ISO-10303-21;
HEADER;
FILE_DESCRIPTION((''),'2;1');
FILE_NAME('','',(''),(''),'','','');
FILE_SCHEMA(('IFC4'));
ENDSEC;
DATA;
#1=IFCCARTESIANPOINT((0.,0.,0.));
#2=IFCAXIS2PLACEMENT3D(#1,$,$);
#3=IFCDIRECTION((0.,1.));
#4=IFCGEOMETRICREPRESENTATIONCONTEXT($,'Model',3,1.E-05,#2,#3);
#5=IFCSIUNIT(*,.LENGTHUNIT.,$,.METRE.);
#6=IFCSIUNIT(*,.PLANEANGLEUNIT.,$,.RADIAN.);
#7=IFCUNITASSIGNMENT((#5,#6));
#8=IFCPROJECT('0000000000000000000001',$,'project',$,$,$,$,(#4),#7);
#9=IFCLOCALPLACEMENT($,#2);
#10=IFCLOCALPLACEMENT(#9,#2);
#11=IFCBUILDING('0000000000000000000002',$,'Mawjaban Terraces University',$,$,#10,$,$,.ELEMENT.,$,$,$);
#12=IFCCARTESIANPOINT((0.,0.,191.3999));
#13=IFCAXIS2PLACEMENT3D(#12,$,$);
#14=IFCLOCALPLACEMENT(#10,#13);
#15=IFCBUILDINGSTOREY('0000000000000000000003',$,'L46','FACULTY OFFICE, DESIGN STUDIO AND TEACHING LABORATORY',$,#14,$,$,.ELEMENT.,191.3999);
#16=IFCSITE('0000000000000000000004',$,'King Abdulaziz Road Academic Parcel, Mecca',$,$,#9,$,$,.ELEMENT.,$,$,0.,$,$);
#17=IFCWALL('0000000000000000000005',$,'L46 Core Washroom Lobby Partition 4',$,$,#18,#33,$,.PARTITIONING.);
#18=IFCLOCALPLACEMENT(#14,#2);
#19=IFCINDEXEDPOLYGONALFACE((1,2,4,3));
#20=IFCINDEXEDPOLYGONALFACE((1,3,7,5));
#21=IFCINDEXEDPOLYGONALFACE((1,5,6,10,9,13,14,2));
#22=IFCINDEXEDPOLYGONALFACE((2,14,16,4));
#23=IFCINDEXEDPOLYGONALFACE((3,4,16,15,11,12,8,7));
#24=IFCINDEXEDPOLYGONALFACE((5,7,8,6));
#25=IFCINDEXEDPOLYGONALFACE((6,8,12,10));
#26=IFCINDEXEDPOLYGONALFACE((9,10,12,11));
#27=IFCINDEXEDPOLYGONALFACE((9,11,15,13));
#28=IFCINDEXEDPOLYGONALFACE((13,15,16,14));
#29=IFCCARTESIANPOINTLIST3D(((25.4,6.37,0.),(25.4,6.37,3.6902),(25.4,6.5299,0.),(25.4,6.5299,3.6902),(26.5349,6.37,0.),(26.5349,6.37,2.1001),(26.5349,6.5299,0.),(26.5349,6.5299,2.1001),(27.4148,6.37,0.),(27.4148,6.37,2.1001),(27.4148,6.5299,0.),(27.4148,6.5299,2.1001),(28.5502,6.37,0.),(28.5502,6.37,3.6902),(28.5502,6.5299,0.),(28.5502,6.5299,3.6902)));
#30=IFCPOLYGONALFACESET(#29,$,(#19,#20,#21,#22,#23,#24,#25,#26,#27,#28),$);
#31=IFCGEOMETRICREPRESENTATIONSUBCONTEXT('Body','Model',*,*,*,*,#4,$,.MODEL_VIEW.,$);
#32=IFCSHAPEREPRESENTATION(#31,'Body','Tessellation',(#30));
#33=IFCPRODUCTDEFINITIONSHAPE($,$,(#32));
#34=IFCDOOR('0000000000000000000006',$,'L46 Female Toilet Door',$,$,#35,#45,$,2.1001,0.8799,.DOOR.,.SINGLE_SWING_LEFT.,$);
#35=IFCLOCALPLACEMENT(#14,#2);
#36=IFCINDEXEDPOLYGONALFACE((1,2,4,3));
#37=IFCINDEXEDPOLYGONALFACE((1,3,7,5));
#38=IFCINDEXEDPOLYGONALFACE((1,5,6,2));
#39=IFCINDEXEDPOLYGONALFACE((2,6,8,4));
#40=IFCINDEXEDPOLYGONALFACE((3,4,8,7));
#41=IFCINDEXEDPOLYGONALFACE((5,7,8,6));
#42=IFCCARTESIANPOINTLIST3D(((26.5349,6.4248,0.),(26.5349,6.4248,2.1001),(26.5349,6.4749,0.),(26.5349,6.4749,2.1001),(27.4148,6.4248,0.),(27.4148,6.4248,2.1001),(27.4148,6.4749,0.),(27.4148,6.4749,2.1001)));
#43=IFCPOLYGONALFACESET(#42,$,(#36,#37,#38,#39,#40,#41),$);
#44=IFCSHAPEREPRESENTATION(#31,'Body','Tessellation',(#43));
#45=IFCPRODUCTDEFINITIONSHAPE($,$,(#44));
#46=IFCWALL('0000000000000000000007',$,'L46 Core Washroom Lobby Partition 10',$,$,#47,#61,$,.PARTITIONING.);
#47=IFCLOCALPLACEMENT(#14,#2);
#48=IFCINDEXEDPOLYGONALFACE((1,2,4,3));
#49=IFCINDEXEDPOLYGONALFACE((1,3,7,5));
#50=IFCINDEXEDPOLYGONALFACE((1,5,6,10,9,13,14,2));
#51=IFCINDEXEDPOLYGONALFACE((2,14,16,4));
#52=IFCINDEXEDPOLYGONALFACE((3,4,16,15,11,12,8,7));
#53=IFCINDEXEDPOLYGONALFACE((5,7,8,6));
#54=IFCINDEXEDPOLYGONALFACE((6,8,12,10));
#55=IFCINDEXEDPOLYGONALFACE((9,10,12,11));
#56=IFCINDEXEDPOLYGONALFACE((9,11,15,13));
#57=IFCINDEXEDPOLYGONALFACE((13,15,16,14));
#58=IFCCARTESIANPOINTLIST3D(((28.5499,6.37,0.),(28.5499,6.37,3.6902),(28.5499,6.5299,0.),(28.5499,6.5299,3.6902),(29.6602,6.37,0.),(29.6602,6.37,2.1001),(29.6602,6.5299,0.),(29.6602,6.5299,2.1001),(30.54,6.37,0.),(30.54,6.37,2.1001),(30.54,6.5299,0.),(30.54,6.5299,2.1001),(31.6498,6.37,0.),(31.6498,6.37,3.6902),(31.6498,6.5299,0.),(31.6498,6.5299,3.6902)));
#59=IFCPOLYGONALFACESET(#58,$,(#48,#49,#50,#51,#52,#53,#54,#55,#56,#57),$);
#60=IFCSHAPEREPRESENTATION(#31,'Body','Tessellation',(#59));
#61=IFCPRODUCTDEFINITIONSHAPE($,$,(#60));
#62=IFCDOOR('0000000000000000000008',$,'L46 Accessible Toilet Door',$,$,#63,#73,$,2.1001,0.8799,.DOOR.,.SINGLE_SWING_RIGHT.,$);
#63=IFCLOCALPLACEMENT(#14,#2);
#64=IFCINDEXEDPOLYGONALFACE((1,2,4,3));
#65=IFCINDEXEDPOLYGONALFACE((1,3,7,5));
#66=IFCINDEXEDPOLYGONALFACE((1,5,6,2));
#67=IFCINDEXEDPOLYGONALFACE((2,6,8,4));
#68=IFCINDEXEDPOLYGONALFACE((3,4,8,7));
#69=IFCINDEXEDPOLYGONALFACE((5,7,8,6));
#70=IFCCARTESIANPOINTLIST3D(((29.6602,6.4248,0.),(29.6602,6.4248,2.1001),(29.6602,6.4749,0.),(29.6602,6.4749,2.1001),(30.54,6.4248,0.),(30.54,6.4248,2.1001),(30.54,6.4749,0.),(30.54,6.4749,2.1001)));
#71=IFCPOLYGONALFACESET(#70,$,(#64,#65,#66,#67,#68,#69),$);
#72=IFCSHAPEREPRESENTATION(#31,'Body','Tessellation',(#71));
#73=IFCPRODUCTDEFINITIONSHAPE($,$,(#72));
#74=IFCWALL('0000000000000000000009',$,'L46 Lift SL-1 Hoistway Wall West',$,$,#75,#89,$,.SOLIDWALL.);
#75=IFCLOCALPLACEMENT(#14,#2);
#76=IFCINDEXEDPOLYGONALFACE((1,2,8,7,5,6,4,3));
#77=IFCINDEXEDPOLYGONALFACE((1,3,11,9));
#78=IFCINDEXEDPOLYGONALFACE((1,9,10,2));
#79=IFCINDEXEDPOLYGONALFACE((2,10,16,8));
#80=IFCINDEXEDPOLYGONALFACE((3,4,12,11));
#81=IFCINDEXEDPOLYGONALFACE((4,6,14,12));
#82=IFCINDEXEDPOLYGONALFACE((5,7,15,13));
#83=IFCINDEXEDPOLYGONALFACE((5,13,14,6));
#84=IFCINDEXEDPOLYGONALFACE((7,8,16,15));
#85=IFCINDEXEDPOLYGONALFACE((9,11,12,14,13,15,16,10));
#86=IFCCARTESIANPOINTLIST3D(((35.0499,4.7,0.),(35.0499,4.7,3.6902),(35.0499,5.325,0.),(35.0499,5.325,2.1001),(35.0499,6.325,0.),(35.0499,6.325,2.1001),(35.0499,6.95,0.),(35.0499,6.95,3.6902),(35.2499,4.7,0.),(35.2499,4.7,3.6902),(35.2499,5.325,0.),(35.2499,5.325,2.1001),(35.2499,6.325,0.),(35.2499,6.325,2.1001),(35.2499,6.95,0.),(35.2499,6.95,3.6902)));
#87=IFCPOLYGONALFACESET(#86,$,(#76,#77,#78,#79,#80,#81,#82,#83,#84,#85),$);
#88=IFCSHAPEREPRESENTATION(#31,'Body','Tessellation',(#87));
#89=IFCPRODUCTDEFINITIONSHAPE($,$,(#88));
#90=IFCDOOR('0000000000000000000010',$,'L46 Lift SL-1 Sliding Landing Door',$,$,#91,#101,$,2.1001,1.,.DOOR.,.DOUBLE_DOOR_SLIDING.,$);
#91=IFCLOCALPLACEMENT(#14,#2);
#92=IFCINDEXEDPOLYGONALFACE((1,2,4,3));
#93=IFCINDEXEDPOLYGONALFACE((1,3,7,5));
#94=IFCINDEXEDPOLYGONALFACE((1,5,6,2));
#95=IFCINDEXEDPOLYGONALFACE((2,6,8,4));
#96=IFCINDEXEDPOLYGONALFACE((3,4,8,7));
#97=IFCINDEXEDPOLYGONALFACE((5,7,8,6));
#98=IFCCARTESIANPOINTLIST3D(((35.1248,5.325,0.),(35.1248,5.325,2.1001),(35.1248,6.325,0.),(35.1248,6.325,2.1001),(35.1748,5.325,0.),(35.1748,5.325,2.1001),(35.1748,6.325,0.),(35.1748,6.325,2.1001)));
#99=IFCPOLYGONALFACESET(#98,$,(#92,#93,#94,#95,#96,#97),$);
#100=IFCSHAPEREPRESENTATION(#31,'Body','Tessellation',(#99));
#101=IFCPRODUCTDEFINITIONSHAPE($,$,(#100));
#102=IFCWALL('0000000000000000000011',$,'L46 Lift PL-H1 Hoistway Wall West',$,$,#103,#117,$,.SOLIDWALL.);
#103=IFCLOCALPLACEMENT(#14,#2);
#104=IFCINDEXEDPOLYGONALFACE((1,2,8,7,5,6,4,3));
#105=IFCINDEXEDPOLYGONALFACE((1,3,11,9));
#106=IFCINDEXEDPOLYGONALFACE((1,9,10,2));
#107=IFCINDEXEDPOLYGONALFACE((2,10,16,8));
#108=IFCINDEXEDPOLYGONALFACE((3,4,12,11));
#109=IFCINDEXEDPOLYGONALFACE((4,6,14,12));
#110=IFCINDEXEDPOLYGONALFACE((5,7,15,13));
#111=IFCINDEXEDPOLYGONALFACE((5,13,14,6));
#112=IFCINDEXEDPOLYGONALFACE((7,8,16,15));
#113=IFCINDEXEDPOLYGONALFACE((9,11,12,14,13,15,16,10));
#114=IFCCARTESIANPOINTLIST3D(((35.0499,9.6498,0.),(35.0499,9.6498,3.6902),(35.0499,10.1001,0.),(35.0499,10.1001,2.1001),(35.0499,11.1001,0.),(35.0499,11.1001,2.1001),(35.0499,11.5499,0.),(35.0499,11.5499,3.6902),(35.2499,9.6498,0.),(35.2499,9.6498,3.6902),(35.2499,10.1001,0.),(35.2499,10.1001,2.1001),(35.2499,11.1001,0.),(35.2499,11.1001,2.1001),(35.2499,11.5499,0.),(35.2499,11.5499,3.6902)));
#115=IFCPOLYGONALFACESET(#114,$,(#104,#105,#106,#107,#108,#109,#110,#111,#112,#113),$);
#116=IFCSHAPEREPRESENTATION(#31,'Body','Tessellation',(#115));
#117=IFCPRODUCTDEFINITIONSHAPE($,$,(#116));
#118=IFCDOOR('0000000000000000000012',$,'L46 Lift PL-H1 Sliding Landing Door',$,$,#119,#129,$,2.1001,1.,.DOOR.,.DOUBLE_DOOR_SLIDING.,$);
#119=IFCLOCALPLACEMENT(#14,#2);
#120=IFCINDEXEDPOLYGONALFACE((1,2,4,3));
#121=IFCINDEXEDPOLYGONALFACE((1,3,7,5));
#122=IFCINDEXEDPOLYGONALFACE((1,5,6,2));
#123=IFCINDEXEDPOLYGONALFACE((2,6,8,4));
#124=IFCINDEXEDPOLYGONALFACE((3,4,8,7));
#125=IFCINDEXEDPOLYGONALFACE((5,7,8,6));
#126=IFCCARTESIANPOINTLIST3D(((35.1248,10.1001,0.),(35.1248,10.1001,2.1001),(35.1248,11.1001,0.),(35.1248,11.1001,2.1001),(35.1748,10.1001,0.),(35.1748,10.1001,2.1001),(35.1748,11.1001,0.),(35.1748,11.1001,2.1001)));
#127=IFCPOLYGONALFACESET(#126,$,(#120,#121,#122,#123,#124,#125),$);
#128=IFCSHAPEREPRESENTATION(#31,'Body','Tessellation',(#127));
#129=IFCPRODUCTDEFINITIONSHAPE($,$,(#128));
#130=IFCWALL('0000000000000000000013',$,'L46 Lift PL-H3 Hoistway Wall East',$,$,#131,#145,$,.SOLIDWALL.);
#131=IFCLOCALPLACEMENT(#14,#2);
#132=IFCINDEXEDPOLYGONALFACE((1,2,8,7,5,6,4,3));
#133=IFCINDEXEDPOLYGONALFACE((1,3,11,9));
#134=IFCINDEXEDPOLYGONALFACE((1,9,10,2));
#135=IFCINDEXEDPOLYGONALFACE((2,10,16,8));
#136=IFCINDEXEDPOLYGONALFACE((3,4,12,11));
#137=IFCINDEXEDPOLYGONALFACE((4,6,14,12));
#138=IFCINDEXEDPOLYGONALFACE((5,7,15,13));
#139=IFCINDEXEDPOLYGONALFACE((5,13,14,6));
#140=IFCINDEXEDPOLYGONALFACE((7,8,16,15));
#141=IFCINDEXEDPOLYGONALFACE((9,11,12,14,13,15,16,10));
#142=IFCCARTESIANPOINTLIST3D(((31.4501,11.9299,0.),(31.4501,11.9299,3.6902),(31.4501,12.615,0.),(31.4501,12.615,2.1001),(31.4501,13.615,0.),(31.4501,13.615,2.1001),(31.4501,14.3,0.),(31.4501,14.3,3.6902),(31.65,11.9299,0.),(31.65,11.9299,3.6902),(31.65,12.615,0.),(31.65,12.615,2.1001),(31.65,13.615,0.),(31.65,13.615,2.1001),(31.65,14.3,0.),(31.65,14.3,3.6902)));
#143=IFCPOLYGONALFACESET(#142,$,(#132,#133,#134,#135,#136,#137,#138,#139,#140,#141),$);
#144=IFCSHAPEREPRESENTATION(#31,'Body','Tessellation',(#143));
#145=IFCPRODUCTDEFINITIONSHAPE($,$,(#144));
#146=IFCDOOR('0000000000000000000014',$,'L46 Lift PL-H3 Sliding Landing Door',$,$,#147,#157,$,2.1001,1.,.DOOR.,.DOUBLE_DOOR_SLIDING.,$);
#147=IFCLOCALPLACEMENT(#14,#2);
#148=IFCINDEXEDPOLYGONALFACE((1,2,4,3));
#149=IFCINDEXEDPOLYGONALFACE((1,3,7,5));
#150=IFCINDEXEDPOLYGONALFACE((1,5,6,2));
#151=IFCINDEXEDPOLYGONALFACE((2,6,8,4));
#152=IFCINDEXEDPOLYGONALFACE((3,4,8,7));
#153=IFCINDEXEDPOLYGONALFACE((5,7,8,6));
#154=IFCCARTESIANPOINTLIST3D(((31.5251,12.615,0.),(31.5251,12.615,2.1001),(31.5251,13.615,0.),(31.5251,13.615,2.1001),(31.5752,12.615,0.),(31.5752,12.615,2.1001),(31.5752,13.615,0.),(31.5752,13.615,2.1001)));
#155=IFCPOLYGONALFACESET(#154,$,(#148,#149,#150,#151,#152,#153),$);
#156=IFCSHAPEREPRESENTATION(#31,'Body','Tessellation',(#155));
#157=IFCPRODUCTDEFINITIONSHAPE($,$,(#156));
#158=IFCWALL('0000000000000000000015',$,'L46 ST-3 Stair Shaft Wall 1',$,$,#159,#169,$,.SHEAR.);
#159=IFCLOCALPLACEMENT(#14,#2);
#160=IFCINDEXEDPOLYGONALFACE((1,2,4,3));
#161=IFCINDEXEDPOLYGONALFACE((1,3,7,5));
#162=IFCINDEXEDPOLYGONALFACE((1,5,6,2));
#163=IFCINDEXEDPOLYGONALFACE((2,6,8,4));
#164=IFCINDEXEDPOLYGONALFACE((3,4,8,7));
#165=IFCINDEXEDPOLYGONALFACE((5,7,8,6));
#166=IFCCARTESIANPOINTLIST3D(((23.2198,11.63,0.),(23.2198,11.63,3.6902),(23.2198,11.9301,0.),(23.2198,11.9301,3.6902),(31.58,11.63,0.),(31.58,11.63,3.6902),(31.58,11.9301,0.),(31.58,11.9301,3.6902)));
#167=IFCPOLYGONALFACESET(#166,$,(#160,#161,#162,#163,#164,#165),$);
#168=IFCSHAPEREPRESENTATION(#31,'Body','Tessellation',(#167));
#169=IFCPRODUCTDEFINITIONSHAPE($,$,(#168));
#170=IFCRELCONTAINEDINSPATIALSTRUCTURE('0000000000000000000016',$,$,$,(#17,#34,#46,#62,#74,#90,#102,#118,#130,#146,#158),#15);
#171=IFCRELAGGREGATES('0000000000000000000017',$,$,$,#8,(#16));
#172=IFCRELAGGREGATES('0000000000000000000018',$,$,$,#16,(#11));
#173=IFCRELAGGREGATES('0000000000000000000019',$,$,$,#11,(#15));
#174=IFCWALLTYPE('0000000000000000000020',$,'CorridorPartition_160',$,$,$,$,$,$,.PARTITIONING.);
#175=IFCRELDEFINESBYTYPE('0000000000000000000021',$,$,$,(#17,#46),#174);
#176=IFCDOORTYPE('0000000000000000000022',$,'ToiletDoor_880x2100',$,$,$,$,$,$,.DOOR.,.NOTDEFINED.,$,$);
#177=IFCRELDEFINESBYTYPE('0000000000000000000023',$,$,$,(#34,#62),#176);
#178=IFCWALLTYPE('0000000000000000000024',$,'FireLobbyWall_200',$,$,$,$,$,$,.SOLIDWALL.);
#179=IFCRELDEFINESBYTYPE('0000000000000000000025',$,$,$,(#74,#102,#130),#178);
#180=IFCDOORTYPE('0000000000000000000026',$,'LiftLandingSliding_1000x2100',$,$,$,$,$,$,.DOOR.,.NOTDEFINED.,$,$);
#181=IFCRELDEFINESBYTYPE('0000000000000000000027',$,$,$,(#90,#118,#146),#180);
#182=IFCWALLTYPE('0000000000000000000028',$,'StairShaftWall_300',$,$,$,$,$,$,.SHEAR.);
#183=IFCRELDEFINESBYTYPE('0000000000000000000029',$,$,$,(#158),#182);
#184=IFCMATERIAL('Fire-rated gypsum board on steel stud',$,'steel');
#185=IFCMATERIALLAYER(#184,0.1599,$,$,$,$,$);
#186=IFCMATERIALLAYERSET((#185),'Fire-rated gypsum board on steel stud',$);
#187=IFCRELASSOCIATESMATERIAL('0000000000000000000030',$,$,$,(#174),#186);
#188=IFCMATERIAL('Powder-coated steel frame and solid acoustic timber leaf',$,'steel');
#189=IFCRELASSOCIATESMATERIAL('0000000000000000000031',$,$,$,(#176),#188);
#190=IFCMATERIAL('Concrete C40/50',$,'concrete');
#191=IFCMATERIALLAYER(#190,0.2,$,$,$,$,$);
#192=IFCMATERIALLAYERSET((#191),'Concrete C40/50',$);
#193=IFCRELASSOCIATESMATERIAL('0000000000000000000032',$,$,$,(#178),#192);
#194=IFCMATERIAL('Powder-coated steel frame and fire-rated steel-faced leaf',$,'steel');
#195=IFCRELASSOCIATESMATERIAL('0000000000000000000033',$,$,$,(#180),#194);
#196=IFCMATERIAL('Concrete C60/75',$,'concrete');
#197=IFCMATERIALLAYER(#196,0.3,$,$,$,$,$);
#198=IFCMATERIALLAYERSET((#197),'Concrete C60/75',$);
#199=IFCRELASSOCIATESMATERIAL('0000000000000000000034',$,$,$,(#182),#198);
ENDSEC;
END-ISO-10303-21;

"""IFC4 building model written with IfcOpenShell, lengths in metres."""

from ifc_helpers import new_model, si_unit, direction, frame, frame_2d, origin, place, context, subcontext, project, spatial, rectangle, extrude, material, layer, layer_set, type_object, element, fill, save


model = new_model("IFC4")

# Units and contexts
model_context = context("Model", 3, precision=1e-05, world=origin(), true_north=direction((0.0, 1.0)))
body_context = subcontext(model_context, "Body", "Model", "MODEL_VIEW")
ifc_project = project(units=[si_unit("LENGTHUNIT", "METRE"), si_unit("PLANEANGLEUNIT", "RADIAN")], contexts=[model_context])

# Site, building, storey
site_placement = place(None, origin())
site = spatial("IfcSite", under=ifc_project, at=site_placement, Name="King Abdulaziz Road Academic Parcel, Mecca", CompositionType="ELEMENT", RefElevation=0.0)
building_placement = place(site_placement, origin())
building = spatial("IfcBuilding", under=site, at=building_placement, Name="Mawjaban Terraces University", CompositionType="ELEMENT")
storey_placement = place(building_placement, frame((0.0, 0.0, 191.3999)))
storey = spatial("IfcBuildingStorey", under=building, at=storey_placement, Name="L46", Description="FACULTY OFFICE, DESIGN STUDIO AND TEACHING LABORATORY", CompositionType="ELEMENT", Elevation=191.3999)

# Walls, openings, doors
ifc_material_1 = material(Name="Fire-rated gypsum board on steel stud", Category="steel")
ifc_layer_1 = layer(ifc_material_1, 0.1599)
ifc_layer_set_1 = layer_set([ifc_layer_1], Name="Fire-rated gypsum board on steel stud")
wall_type_1 = type_object("IfcWallType", Name="CorridorPartition_160", PredefinedType="PARTITIONING", material=ifc_layer_set_1)
wall_1_placement = place(storey_placement, frame((25.3999, 6.45, 0.0), z_axis=(0.0, 0.0, 1.0), x_axis=(1.0, 0.0, 0.0)))
wall_1 = element("IfcWall", 1, at=wall_1_placement, inside=storey, type_object=wall_type_1, Name="L46 Core Washroom Lobby Partition 4", PredefinedType="PARTITIONING", context=body_context, shape_type="SweptSolid", body=[
    extrude(rectangle(XDim=3.1501, YDim=0.1599, at=frame_2d((1.5752, 0.0))), origin(), (0.0, 0.0, 1.0), 3.6902),
])
opening_1_placement = place(wall_1_placement, frame((1.135, 0.0, 0.0)))
opening_1 = element("IfcOpeningElement", 2, at=opening_1_placement, cuts=wall_1, PredefinedType="OPENING", context=body_context, shape_type="SweptSolid", body=[
    extrude(rectangle(XDim=0.8799, YDim=2.1001, at=frame_2d((0.4399, 1.05))), frame((0.0, 0.0898, 0.0), z_axis=(0.0, -1.0, 0.0), x_axis=(1.0, 0.0, 0.0)), (0.0, 0.0, 1.0), 0.1799),
])
ifc_material_2 = material(Name="Powder-coated steel frame and solid acoustic timber leaf", Category="steel")
door_type_1 = type_object("IfcDoorType", Name="ToiletDoor_880x2100", OperationType="NOTDEFINED", PredefinedType="DOOR", material=ifc_material_2)
door_1_placement = place(opening_1_placement, origin())
door_1 = element("IfcDoor", 3, at=door_1_placement, inside=storey, type_object=door_type_1, Name="L46 Female Toilet Door", OperationType="SINGLE_SWING_LEFT", OverallHeight=2.1001, OverallWidth=0.8799, PredefinedType="DOOR", context=body_context, shape_type="SweptSolid", body=[
    extrude(rectangle(XDim=0.8799, YDim=2.1001, at=frame_2d((0.4399, 1.05))), frame((0.0, 0.0249, 0.0), z_axis=(0.0, -1.0, 0.0), x_axis=(1.0, 0.0, 0.0)), (0.0, 0.0, 1.0), 0.05),
])
fill(opening_1, door_1)
wall_2_placement = place(storey_placement, frame((28.55, 6.45, 0.0), z_axis=(0.0, 0.0, 1.0), x_axis=(1.0, 0.0, 0.0)))
wall_2 = element("IfcWall", 4, at=wall_2_placement, inside=storey, type_object=wall_type_1, Name="L46 Core Washroom Lobby Partition 10", PredefinedType="PARTITIONING", context=body_context, shape_type="SweptSolid", body=[
    extrude(rectangle(XDim=3.0999, YDim=0.1599, at=frame_2d((1.5498, 0.0))), origin(), (0.0, 0.0, 1.0), 3.6902),
])
opening_2_placement = place(wall_2_placement, frame((1.1101, 0.0, 0.0)))
opening_2 = element("IfcOpeningElement", 5, at=opening_2_placement, cuts=wall_2, PredefinedType="OPENING", context=body_context, shape_type="SweptSolid", body=[
    extrude(rectangle(XDim=0.8799, YDim=2.1001, at=frame_2d((0.4399, 1.05))), frame((0.0, 0.0898, 0.0), z_axis=(0.0, -1.0, 0.0), x_axis=(1.0, 0.0, 0.0)), (0.0, 0.0, 1.0), 0.1799),
])
door_2_placement = place(opening_2_placement, origin())
door_2 = element("IfcDoor", 6, at=door_2_placement, inside=storey, type_object=door_type_1, Name="L46 Accessible Toilet Door", OperationType="SINGLE_SWING_RIGHT", OverallHeight=2.1001, OverallWidth=0.8799, PredefinedType="DOOR", context=body_context, shape_type="SweptSolid", body=[
    extrude(rectangle(XDim=0.8799, YDim=2.1001, at=frame_2d((0.4399, 1.05))), frame((0.0, 0.0249, 0.0), z_axis=(0.0, -1.0, 0.0), x_axis=(1.0, 0.0, 0.0)), (0.0, 0.0, 1.0), 0.05),
])
fill(opening_2, door_2)
ifc_material_3 = material(Name="Concrete C40/50", Category="concrete")
ifc_layer_2 = layer(ifc_material_3, 0.2)
ifc_layer_set_2 = layer_set([ifc_layer_2], Name="Concrete C40/50")
wall_type_2 = type_object("IfcWallType", Name="FireLobbyWall_200", PredefinedType="SOLIDWALL", material=ifc_layer_set_2)
wall_3_placement = place(storey_placement, frame((35.1499, 6.95, 0.0), z_axis=(0.0, 0.0, 1.0), x_axis=(0.0, -1.0, 0.0)))
wall_3 = element("IfcWall", 7, at=wall_3_placement, inside=storey, type_object=wall_type_2, Name="L46 Lift SL-1 Hoistway Wall West", PredefinedType="SOLIDWALL", context=body_context, shape_type="SweptSolid", body=[
    extrude(rectangle(XDim=2.25, YDim=0.2, at=frame_2d((1.125, 0.0))), origin(), (0.0, 0.0, 1.0), 3.6902),
])
opening_3_placement = place(wall_3_placement, frame((0.625, 0.0, 0.0)))
opening_3 = element("IfcOpeningElement", 8, at=opening_3_placement, cuts=wall_3, PredefinedType="OPENING", context=body_context, shape_type="SweptSolid", body=[
    extrude(rectangle(XDim=1.0, YDim=2.1001, at=frame_2d((0.5, 1.05))), frame((0.0, 0.1099, 0.0), z_axis=(0.0, -1.0, 0.0), x_axis=(1.0, 0.0, 0.0)), (0.0, 0.0, 1.0), 0.22),
])
ifc_material_4 = material(Name="Powder-coated steel frame and fire-rated steel-faced leaf", Category="steel")
door_type_2 = type_object("IfcDoorType", Name="LiftLandingSliding_1000x2100", OperationType="NOTDEFINED", PredefinedType="DOOR", material=ifc_material_4)
door_3_placement = place(opening_3_placement, origin())
door_3 = element("IfcDoor", 9, at=door_3_placement, inside=storey, type_object=door_type_2, Name="L46 Lift SL-1 Sliding Landing Door", OperationType="DOUBLE_DOOR_SLIDING", OverallHeight=2.1001, OverallWidth=1.0, PredefinedType="DOOR", context=body_context, shape_type="SweptSolid", body=[
    extrude(rectangle(XDim=1.0, YDim=2.1001, at=frame_2d((0.5, 1.05))), frame((0.0, 0.0249, 0.0), z_axis=(0.0, -1.0, 0.0), x_axis=(1.0, 0.0, 0.0)), (0.0, 0.0, 1.0), 0.05),
])
fill(opening_3, door_3)
wall_4_placement = place(storey_placement, frame((35.1499, 11.55, 0.0), z_axis=(0.0, 0.0, 1.0), x_axis=(0.0, -1.0, 0.0)))
wall_4 = element("IfcWall", 10, at=wall_4_placement, inside=storey, type_object=wall_type_2, Name="L46 Lift PL-H1 Hoistway Wall West", PredefinedType="SOLIDWALL", context=body_context, shape_type="SweptSolid", body=[
    extrude(rectangle(XDim=1.9001, YDim=0.2, at=frame_2d((0.9502, 0.0))), origin(), (0.0, 0.0, 1.0), 3.6902),
])
opening_4_placement = place(wall_4_placement, frame((0.45, 0.0, 0.0)))
opening_4 = element("IfcOpeningElement", 11, at=opening_4_placement, cuts=wall_4, PredefinedType="OPENING", context=body_context, shape_type="SweptSolid", body=[
    extrude(rectangle(XDim=1.0, YDim=2.1001, at=frame_2d((0.5, 1.05))), frame((0.0, 0.1099, 0.0), z_axis=(0.0, -1.0, 0.0), x_axis=(1.0, 0.0, 0.0)), (0.0, 0.0, 1.0), 0.22),
])
door_4_placement = place(opening_4_placement, origin())
door_4 = element("IfcDoor", 12, at=door_4_placement, inside=storey, type_object=door_type_2, Name="L46 Lift PL-H1 Sliding Landing Door", OperationType="DOUBLE_DOOR_SLIDING", OverallHeight=2.1001, OverallWidth=1.0, PredefinedType="DOOR", context=body_context, shape_type="SweptSolid", body=[
    extrude(rectangle(XDim=1.0, YDim=2.1001, at=frame_2d((0.5, 1.05))), frame((0.0, 0.0249, 0.0), z_axis=(0.0, -1.0, 0.0), x_axis=(1.0, 0.0, 0.0)), (0.0, 0.0, 1.0), 0.05),
])
fill(opening_4, door_4)
wall_5_placement = place(storey_placement, frame((31.55, 11.9299, 0.0), z_axis=(0.0, 0.0, 1.0), x_axis=(0.0, 1.0, 0.0)))
wall_5 = element("IfcWall", 13, at=wall_5_placement, inside=storey, type_object=wall_type_2, Name="L46 Lift PL-H3 Hoistway Wall East", PredefinedType="SOLIDWALL", context=body_context, shape_type="SweptSolid", body=[
    extrude(rectangle(XDim=2.3701, YDim=0.2, at=frame_2d((1.1851, 0.0))), origin(), (0.0, 0.0, 1.0), 3.6902),
])
opening_5_placement = place(wall_5_placement, frame((0.6851, 0.0, 0.0)))
opening_5 = element("IfcOpeningElement", 14, at=opening_5_placement, cuts=wall_5, PredefinedType="OPENING", context=body_context, shape_type="SweptSolid", body=[
    extrude(rectangle(XDim=1.0, YDim=2.1001, at=frame_2d((0.5, 1.05))), frame((0.0, 0.1099, 0.0), z_axis=(0.0, -1.0, 0.0), x_axis=(1.0, 0.0, 0.0)), (0.0, 0.0, 1.0), 0.22),
])
door_5_placement = place(opening_5_placement, origin())
door_5 = element("IfcDoor", 15, at=door_5_placement, inside=storey, type_object=door_type_2, Name="L46 Lift PL-H3 Sliding Landing Door", OperationType="DOUBLE_DOOR_SLIDING", OverallHeight=2.1001, OverallWidth=1.0, PredefinedType="DOOR", context=body_context, shape_type="SweptSolid", body=[
    extrude(rectangle(XDim=1.0, YDim=2.1001, at=frame_2d((0.5, 1.05))), frame((0.0, 0.0249, 0.0), z_axis=(0.0, -1.0, 0.0), x_axis=(1.0, 0.0, 0.0)), (0.0, 0.0, 1.0), 0.05),
])
fill(opening_5, door_5)

# Wall
ifc_material_5 = material(Name="Concrete C60/75", Category="concrete")
ifc_layer_3 = layer(ifc_material_5, 0.3)
ifc_layer_set_3 = layer_set([ifc_layer_3], Name="Concrete C60/75")
wall_type_3 = type_object("IfcWallType", Name="StairShaftWall_300", PredefinedType="SHEAR", material=ifc_layer_set_3)
wall_6_placement = place(storey_placement, frame((31.5801, 11.78, 0.0), z_axis=(0.0, 0.0, 1.0), x_axis=(-1.0, 0.0, 0.0)))
element("IfcWall", 16, at=wall_6_placement, inside=storey, type_object=wall_type_3, Name="L46 ST-3 Stair Shaft Wall 1", PredefinedType="SHEAR", context=body_context, shape_type="SweptSolid", body=[
    extrude(rectangle(XDim=8.3601, YDim=0.3, at=frame_2d((4.1802, 0.0))), origin(), (0.0, 0.0, 1.0), 3.6902),
])

save(model, "model.ifc")
